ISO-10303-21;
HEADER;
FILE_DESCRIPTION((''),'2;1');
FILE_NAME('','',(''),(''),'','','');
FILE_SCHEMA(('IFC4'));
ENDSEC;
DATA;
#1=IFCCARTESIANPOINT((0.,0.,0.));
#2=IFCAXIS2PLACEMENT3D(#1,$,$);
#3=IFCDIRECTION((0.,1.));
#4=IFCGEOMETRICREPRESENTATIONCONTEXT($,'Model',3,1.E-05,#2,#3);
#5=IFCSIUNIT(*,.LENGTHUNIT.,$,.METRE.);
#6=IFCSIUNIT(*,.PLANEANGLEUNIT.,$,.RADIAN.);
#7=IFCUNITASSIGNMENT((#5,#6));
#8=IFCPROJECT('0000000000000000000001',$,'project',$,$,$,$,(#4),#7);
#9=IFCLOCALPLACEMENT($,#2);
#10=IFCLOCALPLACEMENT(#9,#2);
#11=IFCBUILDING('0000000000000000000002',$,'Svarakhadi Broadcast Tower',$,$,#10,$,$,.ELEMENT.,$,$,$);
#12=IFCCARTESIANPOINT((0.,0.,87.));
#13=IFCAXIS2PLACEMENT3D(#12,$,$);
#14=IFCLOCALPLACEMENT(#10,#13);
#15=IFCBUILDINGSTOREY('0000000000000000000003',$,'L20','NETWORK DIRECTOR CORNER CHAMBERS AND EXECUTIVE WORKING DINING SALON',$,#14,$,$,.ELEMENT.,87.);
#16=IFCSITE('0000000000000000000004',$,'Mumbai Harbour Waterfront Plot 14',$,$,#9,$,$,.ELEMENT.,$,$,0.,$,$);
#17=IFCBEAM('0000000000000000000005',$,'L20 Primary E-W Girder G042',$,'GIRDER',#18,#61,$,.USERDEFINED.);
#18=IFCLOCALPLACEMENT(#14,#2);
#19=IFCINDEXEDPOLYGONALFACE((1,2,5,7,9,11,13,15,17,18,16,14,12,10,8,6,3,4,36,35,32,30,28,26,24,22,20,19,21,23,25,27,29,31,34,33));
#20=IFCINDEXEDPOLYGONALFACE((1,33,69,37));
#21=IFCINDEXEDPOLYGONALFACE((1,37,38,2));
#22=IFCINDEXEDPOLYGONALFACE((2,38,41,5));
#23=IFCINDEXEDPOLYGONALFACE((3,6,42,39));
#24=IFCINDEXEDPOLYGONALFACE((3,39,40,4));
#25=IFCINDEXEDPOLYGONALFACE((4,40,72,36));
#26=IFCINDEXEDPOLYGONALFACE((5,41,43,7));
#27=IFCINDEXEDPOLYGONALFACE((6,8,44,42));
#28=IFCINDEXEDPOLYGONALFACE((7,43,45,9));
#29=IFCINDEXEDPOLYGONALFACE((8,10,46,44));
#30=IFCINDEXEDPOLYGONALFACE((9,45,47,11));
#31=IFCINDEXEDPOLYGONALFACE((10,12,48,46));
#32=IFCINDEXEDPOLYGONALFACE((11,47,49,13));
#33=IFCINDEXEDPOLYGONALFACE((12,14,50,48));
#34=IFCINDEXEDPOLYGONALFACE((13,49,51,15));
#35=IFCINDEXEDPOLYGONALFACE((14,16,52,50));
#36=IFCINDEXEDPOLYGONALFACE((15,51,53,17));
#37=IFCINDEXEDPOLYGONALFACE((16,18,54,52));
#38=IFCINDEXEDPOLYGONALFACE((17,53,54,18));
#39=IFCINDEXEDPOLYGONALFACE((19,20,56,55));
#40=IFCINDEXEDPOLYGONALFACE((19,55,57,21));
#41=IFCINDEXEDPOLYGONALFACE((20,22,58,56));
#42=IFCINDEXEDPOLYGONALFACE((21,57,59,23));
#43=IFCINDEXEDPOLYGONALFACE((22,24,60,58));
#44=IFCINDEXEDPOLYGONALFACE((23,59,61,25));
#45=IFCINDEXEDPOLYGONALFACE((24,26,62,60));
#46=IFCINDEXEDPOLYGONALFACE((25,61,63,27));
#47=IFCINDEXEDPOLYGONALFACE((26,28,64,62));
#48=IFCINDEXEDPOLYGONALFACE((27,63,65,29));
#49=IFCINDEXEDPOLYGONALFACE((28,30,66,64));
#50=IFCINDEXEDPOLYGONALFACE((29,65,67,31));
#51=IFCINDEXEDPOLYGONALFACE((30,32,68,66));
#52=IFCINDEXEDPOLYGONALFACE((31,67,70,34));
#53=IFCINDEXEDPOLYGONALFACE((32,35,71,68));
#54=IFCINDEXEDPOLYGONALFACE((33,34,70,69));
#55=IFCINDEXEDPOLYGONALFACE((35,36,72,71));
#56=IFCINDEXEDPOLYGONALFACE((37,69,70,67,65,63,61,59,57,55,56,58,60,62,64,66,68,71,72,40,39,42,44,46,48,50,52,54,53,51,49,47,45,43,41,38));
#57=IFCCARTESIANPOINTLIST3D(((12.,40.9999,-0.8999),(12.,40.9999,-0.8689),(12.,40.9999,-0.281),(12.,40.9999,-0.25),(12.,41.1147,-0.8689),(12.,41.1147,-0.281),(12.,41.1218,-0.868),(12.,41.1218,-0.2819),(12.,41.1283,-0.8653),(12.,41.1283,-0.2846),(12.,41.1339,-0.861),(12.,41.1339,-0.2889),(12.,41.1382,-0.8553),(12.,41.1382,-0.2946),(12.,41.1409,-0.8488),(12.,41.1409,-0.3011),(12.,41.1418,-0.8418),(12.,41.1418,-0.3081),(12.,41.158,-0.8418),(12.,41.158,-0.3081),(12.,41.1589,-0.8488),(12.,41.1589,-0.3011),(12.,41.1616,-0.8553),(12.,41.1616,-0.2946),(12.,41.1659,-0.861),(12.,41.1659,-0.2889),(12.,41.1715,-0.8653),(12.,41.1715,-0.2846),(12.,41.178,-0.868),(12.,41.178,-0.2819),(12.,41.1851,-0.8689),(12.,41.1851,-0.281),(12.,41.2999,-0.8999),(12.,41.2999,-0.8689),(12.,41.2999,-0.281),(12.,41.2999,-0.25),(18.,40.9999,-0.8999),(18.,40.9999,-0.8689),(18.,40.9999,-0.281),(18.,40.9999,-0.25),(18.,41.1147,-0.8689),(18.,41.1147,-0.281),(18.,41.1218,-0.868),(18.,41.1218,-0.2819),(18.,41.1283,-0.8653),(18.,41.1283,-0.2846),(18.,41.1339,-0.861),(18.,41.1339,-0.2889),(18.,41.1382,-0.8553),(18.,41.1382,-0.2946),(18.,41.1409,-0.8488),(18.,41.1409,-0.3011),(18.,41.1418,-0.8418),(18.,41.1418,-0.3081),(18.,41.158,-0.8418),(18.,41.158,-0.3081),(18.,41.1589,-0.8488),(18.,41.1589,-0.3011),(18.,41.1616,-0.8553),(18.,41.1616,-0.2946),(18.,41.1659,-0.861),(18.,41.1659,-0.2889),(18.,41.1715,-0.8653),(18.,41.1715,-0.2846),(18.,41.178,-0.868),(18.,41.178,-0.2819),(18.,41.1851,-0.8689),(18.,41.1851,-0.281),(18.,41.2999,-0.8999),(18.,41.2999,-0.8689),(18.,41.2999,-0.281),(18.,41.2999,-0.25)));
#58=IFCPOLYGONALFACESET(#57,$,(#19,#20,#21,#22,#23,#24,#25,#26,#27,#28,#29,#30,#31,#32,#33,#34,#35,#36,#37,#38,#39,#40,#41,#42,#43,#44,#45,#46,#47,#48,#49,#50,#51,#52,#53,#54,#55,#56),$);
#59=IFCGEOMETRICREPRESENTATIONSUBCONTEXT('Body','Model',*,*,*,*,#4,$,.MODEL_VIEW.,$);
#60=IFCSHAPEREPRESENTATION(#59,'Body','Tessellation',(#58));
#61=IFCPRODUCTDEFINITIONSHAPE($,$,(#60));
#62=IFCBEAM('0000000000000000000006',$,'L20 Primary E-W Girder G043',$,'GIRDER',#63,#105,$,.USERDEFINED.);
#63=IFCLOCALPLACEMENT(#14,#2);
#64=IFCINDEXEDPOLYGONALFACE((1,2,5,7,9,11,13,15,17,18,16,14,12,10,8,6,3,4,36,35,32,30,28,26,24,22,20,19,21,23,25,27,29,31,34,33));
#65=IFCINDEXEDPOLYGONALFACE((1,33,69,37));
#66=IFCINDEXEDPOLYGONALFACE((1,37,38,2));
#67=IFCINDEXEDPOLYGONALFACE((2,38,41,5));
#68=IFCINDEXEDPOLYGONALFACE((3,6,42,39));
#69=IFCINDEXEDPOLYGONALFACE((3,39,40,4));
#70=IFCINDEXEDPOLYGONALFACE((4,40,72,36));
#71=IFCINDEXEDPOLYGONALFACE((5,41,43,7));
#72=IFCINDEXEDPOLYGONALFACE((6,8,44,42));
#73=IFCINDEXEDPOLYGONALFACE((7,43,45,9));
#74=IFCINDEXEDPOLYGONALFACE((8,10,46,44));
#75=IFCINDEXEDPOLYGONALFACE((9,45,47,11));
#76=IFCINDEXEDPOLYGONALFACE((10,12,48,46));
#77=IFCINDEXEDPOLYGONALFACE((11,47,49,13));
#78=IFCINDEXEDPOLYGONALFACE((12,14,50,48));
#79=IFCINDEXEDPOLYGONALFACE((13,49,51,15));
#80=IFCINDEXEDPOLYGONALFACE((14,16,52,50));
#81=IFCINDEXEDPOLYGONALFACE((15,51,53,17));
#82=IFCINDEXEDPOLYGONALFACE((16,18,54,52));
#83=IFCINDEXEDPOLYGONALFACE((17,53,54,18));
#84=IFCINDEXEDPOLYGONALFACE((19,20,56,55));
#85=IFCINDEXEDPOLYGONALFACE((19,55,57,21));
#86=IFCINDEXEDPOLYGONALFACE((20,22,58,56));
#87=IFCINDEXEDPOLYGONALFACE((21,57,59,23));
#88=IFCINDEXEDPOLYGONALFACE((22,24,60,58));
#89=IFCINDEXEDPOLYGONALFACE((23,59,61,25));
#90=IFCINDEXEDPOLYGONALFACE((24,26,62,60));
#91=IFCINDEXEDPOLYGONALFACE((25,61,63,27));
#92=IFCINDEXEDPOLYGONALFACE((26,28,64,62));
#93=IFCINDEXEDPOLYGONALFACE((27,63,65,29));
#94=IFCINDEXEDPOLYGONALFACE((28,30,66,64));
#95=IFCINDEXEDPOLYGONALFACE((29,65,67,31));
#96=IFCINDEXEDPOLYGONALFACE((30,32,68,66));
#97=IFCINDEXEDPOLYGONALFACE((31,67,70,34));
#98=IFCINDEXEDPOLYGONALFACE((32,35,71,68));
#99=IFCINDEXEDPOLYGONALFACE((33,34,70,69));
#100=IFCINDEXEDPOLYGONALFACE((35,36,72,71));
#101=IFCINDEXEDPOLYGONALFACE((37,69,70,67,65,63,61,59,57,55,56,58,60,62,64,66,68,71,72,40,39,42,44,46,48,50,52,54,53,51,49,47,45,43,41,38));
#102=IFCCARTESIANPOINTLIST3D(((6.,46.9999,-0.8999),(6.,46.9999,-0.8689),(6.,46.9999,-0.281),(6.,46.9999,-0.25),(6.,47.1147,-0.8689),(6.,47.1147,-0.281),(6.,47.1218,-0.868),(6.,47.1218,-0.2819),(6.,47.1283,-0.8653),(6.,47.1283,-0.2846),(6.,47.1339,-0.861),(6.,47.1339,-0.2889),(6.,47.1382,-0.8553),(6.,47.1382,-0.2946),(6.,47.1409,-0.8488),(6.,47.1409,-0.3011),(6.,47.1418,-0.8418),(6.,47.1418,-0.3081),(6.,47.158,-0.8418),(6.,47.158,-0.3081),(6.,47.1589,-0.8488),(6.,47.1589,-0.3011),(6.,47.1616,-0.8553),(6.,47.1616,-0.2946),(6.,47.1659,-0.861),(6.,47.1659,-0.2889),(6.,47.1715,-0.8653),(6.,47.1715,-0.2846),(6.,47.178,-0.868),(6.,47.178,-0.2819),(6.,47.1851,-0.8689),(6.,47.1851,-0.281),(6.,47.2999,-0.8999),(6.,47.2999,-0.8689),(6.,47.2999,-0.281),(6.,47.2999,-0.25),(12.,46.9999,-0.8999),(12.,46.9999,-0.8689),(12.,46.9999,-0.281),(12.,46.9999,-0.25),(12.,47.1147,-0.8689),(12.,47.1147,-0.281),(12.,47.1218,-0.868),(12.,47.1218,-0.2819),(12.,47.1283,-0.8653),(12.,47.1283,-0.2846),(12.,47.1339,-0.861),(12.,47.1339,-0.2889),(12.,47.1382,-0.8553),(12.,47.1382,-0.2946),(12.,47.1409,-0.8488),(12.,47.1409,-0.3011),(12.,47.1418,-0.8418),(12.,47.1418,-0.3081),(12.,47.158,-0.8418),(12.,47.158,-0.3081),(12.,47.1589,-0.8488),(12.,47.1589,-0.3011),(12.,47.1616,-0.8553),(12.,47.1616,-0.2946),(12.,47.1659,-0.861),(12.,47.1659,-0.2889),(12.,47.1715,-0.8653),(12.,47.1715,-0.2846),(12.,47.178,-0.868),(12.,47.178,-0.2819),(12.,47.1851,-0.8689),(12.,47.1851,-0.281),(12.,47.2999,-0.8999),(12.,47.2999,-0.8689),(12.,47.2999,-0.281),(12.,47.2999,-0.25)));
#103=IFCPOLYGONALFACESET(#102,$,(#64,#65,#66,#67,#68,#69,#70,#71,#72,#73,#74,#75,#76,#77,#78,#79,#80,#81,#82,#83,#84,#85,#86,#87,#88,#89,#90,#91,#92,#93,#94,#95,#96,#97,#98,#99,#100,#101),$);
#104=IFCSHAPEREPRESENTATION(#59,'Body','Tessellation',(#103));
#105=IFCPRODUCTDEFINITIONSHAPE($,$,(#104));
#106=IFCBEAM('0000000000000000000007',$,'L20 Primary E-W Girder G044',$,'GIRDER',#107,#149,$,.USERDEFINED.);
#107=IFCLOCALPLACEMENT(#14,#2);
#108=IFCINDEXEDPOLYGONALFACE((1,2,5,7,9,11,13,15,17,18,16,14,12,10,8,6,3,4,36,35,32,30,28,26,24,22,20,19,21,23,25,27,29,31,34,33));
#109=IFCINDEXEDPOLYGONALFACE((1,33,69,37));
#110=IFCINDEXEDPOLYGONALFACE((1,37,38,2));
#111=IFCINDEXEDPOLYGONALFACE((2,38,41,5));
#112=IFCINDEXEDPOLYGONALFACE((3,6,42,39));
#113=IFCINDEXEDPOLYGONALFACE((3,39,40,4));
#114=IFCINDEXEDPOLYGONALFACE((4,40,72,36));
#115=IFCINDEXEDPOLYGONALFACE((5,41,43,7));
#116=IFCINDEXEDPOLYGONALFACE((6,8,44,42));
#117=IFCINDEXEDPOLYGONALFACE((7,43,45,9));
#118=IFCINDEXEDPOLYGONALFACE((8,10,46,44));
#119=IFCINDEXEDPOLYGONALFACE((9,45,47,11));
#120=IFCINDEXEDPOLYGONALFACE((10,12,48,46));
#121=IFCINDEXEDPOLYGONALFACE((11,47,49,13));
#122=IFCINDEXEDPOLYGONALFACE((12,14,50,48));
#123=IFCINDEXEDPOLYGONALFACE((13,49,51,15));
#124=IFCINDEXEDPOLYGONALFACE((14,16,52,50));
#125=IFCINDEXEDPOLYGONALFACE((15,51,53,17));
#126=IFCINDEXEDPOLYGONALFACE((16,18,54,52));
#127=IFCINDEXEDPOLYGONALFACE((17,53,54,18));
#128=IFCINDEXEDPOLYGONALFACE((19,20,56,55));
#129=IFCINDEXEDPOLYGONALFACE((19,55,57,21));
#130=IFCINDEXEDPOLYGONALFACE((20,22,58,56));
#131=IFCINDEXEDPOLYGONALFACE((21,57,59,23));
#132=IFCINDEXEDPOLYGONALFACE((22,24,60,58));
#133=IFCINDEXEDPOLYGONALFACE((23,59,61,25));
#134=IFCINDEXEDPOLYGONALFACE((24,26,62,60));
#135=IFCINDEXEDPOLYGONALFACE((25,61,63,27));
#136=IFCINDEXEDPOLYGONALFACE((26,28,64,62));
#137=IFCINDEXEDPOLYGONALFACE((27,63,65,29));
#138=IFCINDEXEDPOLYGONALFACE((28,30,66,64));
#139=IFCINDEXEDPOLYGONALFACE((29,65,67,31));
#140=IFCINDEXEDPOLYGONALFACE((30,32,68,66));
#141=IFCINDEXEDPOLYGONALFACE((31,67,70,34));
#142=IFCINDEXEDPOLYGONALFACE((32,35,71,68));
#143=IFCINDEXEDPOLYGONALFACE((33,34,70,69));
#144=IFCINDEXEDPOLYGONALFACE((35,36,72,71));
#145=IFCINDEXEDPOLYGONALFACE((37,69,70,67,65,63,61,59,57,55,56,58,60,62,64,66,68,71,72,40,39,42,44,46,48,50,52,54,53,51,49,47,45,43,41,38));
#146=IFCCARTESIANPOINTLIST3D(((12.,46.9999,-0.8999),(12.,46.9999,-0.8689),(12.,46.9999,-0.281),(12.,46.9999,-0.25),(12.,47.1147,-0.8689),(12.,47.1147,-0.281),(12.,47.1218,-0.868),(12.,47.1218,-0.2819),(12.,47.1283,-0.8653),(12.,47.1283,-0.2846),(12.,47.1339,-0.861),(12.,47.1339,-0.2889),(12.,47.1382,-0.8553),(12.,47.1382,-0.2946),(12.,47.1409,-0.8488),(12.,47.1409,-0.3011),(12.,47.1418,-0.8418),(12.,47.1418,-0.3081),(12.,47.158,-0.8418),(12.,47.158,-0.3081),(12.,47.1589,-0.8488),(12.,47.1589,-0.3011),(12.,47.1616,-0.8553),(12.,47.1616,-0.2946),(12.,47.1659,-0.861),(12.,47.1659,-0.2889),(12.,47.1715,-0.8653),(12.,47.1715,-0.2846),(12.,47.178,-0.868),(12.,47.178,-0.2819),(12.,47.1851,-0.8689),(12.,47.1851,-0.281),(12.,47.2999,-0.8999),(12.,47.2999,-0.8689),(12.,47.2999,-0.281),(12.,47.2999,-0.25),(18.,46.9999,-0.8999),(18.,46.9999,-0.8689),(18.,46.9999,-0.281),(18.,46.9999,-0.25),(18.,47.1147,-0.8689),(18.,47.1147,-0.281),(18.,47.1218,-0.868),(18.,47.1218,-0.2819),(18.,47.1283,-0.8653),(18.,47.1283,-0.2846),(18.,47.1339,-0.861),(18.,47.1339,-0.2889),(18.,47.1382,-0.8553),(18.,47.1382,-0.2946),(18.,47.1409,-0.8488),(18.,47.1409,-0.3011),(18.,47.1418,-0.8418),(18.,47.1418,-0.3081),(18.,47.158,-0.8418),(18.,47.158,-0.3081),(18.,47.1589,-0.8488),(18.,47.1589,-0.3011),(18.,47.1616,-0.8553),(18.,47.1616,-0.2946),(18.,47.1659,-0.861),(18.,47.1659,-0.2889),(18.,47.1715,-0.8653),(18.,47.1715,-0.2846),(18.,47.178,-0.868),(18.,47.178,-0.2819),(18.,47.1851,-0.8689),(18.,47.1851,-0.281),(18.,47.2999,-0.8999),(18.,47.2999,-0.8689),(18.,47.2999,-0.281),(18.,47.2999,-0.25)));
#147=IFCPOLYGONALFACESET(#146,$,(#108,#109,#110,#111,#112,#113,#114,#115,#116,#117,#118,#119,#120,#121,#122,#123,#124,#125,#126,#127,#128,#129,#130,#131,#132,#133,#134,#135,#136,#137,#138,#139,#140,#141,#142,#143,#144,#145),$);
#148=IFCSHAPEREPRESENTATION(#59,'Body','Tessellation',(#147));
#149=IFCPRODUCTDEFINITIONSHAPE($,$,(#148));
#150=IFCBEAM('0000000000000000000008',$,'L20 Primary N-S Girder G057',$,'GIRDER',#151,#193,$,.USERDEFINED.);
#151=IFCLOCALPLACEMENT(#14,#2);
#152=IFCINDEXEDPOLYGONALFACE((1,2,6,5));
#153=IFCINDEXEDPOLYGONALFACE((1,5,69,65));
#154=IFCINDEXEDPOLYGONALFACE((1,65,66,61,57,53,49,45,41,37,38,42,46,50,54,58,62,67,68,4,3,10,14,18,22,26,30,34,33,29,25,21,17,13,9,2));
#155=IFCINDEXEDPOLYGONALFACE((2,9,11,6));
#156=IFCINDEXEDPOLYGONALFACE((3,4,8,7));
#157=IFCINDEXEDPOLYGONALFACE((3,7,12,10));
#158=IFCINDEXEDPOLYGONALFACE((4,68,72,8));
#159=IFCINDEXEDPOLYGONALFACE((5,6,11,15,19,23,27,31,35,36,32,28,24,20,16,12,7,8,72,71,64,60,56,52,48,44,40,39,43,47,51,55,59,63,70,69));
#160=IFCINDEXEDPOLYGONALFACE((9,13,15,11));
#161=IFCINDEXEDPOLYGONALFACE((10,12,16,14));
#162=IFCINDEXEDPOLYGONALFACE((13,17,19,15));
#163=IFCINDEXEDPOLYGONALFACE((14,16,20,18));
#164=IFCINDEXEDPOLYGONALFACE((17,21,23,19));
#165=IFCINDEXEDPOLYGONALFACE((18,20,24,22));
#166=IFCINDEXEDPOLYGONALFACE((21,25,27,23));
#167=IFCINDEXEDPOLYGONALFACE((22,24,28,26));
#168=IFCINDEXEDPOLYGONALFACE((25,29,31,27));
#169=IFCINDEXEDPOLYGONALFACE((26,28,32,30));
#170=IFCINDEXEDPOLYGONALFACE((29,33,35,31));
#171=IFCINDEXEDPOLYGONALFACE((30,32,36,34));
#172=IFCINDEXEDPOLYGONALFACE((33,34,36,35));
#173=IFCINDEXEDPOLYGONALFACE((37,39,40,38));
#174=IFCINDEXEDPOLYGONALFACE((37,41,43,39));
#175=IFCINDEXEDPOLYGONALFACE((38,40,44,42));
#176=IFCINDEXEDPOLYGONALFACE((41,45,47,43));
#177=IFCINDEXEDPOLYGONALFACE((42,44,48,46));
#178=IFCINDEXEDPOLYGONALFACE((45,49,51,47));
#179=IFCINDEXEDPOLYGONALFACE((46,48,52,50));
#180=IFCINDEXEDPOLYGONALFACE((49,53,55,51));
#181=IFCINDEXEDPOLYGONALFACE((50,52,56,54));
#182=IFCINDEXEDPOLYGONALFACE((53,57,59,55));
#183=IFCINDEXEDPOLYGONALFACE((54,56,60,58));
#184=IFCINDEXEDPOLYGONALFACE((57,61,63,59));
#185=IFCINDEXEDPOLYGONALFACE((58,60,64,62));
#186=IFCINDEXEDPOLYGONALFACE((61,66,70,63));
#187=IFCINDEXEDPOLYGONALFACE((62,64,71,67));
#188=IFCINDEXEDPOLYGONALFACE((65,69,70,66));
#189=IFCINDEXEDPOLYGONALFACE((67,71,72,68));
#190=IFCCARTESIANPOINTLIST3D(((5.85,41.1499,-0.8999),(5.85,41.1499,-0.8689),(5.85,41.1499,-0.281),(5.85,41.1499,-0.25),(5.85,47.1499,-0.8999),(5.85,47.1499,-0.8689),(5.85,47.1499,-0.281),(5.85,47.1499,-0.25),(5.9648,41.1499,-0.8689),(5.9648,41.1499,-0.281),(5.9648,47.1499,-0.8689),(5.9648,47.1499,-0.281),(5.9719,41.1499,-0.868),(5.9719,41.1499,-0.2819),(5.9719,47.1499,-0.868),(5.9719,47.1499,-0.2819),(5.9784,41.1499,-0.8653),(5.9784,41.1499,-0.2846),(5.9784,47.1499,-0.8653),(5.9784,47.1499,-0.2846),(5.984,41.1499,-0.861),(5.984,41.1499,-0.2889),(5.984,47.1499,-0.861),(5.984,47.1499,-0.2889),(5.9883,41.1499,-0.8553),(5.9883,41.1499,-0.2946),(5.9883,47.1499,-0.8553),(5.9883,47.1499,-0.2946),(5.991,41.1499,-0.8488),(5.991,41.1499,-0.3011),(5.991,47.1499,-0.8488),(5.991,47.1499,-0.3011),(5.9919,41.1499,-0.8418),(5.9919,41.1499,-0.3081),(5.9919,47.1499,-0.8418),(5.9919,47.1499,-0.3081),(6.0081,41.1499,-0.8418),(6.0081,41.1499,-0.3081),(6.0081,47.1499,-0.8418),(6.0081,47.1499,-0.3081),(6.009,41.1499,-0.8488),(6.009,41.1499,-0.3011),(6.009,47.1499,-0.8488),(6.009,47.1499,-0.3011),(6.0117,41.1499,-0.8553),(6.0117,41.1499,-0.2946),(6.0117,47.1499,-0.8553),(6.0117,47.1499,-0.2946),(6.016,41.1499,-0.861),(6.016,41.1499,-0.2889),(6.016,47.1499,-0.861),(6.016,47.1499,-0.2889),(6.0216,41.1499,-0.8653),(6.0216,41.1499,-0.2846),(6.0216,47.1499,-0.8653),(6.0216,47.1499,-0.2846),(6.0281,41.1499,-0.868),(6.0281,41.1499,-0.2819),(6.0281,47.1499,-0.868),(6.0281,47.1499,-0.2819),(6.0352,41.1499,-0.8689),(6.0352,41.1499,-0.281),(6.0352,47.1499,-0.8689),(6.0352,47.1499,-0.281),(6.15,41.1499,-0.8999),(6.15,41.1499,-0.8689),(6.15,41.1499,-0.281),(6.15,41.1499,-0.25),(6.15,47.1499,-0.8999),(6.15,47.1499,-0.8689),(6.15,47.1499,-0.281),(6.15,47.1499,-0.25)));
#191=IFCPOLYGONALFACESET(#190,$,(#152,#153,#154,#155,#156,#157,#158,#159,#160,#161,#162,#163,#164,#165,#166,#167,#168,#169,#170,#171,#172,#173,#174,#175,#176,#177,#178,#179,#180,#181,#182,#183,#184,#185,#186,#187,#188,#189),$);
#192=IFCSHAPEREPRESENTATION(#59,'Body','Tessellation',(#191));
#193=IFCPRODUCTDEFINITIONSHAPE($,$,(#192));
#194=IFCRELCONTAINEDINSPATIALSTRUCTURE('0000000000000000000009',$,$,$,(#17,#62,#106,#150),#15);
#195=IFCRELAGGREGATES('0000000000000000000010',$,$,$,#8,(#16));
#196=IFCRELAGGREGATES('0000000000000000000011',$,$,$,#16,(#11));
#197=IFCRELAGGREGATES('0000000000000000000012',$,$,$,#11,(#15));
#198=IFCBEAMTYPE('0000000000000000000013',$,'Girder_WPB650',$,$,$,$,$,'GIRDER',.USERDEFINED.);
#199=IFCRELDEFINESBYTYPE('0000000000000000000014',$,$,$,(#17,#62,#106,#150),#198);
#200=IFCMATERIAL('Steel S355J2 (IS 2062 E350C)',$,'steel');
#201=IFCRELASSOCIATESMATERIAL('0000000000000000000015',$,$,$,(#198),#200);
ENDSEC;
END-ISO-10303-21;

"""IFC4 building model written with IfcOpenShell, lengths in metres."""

from ifc_helpers import new_model, si_unit, direction, frame, origin, origin_2d, place, context, subcontext, project, spatial, i_section, extrude, material, material_profile, profile_set, type_object, element, save


model = new_model("IFC4")

# Units and contexts
model_context = context("Model", 3, precision=1e-05, world=origin(), true_north=direction((0.0, 1.0)))
body_context = subcontext(model_context, "Body", "Model", "MODEL_VIEW")
ifc_project = project(units=[si_unit("LENGTHUNIT", "METRE"), si_unit("PLANEANGLEUNIT", "RADIAN")], contexts=[model_context])

# Site, building, storey
site_placement = place(None, origin())
site = spatial("IfcSite", under=ifc_project, at=site_placement, Name="Mumbai Harbour Waterfront Plot 14", CompositionType="ELEMENT", RefElevation=0.0)
building_placement = place(site_placement, origin())
building = spatial("IfcBuilding", under=site, at=building_placement, Name="Svarakhadi Broadcast Tower", CompositionType="ELEMENT")
storey_placement = place(building_placement, frame((0.0, 0.0, 87.0)))
storey = spatial("IfcBuildingStorey", under=building, at=storey_placement, Name="L20", Description="NETWORK DIRECTOR CORNER CHAMBERS AND EXECUTIVE WORKING DINING SALON", CompositionType="ELEMENT", Elevation=87.0)

# Shared definitions
ifc_material_1 = material(Name="Steel S355J2 (IS 2062 E350C)", Category="steel")

# Beams
ifc_material_profile_1 = material_profile(ifc_material_1, i_section(OverallWidth=0.3, OverallDepth=0.6499, WebThickness=0.0161, FlangeThickness=0.031, FilletRadius=0.0271, at=origin_2d()), Name="WPB 650x300x225")
ifc_profile_set_1 = profile_set([ifc_material_profile_1], Name="Steel S355J2 (IS 2062 E350C)")
beam_type_1 = type_object("IfcBeamType", Name="Girder_WPB650", ElementType="GIRDER", PredefinedType="USERDEFINED", material=ifc_profile_set_1)
for number, where, z_axis, x_axis, name in (
    (1, (12.0, 41.1499, -0.575), (1.0, 0.0, 0.0), (0.0, 1.0, 0.0), "L20 Primary E-W Girder G042"),
    (2, (6.0, 47.1499, -0.575), (1.0, 0.0, 0.0), (0.0, 1.0, 0.0), "L20 Primary E-W Girder G043"),
    (3, (12.0, 47.1499, -0.575), (1.0, 0.0, 0.0), (0.0, 1.0, 0.0), "L20 Primary E-W Girder G044"),
    (4, (6.0, 41.1499, -0.575), (0.0, 1.0, 0.0), (-1.0, 0.0, 0.0), "L20 Primary N-S Girder G057"),
):
    element("IfcBeam", number, at=place(storey_placement, frame(where, z_axis=z_axis, x_axis=x_axis)), inside=storey, type_object=beam_type_1, Name=name, ObjectType="GIRDER", PredefinedType="USERDEFINED", context=body_context, shape_type="SweptSolid", body=[
        extrude(i_section(OverallWidth=0.3, OverallDepth=0.6499, WebThickness=0.0161, FlangeThickness=0.031, FilletRadius=0.0271, at=origin_2d()), origin(), (0.0, 0.0, 1.0), 6.0),
    ])

save(model, "model.ifc")
